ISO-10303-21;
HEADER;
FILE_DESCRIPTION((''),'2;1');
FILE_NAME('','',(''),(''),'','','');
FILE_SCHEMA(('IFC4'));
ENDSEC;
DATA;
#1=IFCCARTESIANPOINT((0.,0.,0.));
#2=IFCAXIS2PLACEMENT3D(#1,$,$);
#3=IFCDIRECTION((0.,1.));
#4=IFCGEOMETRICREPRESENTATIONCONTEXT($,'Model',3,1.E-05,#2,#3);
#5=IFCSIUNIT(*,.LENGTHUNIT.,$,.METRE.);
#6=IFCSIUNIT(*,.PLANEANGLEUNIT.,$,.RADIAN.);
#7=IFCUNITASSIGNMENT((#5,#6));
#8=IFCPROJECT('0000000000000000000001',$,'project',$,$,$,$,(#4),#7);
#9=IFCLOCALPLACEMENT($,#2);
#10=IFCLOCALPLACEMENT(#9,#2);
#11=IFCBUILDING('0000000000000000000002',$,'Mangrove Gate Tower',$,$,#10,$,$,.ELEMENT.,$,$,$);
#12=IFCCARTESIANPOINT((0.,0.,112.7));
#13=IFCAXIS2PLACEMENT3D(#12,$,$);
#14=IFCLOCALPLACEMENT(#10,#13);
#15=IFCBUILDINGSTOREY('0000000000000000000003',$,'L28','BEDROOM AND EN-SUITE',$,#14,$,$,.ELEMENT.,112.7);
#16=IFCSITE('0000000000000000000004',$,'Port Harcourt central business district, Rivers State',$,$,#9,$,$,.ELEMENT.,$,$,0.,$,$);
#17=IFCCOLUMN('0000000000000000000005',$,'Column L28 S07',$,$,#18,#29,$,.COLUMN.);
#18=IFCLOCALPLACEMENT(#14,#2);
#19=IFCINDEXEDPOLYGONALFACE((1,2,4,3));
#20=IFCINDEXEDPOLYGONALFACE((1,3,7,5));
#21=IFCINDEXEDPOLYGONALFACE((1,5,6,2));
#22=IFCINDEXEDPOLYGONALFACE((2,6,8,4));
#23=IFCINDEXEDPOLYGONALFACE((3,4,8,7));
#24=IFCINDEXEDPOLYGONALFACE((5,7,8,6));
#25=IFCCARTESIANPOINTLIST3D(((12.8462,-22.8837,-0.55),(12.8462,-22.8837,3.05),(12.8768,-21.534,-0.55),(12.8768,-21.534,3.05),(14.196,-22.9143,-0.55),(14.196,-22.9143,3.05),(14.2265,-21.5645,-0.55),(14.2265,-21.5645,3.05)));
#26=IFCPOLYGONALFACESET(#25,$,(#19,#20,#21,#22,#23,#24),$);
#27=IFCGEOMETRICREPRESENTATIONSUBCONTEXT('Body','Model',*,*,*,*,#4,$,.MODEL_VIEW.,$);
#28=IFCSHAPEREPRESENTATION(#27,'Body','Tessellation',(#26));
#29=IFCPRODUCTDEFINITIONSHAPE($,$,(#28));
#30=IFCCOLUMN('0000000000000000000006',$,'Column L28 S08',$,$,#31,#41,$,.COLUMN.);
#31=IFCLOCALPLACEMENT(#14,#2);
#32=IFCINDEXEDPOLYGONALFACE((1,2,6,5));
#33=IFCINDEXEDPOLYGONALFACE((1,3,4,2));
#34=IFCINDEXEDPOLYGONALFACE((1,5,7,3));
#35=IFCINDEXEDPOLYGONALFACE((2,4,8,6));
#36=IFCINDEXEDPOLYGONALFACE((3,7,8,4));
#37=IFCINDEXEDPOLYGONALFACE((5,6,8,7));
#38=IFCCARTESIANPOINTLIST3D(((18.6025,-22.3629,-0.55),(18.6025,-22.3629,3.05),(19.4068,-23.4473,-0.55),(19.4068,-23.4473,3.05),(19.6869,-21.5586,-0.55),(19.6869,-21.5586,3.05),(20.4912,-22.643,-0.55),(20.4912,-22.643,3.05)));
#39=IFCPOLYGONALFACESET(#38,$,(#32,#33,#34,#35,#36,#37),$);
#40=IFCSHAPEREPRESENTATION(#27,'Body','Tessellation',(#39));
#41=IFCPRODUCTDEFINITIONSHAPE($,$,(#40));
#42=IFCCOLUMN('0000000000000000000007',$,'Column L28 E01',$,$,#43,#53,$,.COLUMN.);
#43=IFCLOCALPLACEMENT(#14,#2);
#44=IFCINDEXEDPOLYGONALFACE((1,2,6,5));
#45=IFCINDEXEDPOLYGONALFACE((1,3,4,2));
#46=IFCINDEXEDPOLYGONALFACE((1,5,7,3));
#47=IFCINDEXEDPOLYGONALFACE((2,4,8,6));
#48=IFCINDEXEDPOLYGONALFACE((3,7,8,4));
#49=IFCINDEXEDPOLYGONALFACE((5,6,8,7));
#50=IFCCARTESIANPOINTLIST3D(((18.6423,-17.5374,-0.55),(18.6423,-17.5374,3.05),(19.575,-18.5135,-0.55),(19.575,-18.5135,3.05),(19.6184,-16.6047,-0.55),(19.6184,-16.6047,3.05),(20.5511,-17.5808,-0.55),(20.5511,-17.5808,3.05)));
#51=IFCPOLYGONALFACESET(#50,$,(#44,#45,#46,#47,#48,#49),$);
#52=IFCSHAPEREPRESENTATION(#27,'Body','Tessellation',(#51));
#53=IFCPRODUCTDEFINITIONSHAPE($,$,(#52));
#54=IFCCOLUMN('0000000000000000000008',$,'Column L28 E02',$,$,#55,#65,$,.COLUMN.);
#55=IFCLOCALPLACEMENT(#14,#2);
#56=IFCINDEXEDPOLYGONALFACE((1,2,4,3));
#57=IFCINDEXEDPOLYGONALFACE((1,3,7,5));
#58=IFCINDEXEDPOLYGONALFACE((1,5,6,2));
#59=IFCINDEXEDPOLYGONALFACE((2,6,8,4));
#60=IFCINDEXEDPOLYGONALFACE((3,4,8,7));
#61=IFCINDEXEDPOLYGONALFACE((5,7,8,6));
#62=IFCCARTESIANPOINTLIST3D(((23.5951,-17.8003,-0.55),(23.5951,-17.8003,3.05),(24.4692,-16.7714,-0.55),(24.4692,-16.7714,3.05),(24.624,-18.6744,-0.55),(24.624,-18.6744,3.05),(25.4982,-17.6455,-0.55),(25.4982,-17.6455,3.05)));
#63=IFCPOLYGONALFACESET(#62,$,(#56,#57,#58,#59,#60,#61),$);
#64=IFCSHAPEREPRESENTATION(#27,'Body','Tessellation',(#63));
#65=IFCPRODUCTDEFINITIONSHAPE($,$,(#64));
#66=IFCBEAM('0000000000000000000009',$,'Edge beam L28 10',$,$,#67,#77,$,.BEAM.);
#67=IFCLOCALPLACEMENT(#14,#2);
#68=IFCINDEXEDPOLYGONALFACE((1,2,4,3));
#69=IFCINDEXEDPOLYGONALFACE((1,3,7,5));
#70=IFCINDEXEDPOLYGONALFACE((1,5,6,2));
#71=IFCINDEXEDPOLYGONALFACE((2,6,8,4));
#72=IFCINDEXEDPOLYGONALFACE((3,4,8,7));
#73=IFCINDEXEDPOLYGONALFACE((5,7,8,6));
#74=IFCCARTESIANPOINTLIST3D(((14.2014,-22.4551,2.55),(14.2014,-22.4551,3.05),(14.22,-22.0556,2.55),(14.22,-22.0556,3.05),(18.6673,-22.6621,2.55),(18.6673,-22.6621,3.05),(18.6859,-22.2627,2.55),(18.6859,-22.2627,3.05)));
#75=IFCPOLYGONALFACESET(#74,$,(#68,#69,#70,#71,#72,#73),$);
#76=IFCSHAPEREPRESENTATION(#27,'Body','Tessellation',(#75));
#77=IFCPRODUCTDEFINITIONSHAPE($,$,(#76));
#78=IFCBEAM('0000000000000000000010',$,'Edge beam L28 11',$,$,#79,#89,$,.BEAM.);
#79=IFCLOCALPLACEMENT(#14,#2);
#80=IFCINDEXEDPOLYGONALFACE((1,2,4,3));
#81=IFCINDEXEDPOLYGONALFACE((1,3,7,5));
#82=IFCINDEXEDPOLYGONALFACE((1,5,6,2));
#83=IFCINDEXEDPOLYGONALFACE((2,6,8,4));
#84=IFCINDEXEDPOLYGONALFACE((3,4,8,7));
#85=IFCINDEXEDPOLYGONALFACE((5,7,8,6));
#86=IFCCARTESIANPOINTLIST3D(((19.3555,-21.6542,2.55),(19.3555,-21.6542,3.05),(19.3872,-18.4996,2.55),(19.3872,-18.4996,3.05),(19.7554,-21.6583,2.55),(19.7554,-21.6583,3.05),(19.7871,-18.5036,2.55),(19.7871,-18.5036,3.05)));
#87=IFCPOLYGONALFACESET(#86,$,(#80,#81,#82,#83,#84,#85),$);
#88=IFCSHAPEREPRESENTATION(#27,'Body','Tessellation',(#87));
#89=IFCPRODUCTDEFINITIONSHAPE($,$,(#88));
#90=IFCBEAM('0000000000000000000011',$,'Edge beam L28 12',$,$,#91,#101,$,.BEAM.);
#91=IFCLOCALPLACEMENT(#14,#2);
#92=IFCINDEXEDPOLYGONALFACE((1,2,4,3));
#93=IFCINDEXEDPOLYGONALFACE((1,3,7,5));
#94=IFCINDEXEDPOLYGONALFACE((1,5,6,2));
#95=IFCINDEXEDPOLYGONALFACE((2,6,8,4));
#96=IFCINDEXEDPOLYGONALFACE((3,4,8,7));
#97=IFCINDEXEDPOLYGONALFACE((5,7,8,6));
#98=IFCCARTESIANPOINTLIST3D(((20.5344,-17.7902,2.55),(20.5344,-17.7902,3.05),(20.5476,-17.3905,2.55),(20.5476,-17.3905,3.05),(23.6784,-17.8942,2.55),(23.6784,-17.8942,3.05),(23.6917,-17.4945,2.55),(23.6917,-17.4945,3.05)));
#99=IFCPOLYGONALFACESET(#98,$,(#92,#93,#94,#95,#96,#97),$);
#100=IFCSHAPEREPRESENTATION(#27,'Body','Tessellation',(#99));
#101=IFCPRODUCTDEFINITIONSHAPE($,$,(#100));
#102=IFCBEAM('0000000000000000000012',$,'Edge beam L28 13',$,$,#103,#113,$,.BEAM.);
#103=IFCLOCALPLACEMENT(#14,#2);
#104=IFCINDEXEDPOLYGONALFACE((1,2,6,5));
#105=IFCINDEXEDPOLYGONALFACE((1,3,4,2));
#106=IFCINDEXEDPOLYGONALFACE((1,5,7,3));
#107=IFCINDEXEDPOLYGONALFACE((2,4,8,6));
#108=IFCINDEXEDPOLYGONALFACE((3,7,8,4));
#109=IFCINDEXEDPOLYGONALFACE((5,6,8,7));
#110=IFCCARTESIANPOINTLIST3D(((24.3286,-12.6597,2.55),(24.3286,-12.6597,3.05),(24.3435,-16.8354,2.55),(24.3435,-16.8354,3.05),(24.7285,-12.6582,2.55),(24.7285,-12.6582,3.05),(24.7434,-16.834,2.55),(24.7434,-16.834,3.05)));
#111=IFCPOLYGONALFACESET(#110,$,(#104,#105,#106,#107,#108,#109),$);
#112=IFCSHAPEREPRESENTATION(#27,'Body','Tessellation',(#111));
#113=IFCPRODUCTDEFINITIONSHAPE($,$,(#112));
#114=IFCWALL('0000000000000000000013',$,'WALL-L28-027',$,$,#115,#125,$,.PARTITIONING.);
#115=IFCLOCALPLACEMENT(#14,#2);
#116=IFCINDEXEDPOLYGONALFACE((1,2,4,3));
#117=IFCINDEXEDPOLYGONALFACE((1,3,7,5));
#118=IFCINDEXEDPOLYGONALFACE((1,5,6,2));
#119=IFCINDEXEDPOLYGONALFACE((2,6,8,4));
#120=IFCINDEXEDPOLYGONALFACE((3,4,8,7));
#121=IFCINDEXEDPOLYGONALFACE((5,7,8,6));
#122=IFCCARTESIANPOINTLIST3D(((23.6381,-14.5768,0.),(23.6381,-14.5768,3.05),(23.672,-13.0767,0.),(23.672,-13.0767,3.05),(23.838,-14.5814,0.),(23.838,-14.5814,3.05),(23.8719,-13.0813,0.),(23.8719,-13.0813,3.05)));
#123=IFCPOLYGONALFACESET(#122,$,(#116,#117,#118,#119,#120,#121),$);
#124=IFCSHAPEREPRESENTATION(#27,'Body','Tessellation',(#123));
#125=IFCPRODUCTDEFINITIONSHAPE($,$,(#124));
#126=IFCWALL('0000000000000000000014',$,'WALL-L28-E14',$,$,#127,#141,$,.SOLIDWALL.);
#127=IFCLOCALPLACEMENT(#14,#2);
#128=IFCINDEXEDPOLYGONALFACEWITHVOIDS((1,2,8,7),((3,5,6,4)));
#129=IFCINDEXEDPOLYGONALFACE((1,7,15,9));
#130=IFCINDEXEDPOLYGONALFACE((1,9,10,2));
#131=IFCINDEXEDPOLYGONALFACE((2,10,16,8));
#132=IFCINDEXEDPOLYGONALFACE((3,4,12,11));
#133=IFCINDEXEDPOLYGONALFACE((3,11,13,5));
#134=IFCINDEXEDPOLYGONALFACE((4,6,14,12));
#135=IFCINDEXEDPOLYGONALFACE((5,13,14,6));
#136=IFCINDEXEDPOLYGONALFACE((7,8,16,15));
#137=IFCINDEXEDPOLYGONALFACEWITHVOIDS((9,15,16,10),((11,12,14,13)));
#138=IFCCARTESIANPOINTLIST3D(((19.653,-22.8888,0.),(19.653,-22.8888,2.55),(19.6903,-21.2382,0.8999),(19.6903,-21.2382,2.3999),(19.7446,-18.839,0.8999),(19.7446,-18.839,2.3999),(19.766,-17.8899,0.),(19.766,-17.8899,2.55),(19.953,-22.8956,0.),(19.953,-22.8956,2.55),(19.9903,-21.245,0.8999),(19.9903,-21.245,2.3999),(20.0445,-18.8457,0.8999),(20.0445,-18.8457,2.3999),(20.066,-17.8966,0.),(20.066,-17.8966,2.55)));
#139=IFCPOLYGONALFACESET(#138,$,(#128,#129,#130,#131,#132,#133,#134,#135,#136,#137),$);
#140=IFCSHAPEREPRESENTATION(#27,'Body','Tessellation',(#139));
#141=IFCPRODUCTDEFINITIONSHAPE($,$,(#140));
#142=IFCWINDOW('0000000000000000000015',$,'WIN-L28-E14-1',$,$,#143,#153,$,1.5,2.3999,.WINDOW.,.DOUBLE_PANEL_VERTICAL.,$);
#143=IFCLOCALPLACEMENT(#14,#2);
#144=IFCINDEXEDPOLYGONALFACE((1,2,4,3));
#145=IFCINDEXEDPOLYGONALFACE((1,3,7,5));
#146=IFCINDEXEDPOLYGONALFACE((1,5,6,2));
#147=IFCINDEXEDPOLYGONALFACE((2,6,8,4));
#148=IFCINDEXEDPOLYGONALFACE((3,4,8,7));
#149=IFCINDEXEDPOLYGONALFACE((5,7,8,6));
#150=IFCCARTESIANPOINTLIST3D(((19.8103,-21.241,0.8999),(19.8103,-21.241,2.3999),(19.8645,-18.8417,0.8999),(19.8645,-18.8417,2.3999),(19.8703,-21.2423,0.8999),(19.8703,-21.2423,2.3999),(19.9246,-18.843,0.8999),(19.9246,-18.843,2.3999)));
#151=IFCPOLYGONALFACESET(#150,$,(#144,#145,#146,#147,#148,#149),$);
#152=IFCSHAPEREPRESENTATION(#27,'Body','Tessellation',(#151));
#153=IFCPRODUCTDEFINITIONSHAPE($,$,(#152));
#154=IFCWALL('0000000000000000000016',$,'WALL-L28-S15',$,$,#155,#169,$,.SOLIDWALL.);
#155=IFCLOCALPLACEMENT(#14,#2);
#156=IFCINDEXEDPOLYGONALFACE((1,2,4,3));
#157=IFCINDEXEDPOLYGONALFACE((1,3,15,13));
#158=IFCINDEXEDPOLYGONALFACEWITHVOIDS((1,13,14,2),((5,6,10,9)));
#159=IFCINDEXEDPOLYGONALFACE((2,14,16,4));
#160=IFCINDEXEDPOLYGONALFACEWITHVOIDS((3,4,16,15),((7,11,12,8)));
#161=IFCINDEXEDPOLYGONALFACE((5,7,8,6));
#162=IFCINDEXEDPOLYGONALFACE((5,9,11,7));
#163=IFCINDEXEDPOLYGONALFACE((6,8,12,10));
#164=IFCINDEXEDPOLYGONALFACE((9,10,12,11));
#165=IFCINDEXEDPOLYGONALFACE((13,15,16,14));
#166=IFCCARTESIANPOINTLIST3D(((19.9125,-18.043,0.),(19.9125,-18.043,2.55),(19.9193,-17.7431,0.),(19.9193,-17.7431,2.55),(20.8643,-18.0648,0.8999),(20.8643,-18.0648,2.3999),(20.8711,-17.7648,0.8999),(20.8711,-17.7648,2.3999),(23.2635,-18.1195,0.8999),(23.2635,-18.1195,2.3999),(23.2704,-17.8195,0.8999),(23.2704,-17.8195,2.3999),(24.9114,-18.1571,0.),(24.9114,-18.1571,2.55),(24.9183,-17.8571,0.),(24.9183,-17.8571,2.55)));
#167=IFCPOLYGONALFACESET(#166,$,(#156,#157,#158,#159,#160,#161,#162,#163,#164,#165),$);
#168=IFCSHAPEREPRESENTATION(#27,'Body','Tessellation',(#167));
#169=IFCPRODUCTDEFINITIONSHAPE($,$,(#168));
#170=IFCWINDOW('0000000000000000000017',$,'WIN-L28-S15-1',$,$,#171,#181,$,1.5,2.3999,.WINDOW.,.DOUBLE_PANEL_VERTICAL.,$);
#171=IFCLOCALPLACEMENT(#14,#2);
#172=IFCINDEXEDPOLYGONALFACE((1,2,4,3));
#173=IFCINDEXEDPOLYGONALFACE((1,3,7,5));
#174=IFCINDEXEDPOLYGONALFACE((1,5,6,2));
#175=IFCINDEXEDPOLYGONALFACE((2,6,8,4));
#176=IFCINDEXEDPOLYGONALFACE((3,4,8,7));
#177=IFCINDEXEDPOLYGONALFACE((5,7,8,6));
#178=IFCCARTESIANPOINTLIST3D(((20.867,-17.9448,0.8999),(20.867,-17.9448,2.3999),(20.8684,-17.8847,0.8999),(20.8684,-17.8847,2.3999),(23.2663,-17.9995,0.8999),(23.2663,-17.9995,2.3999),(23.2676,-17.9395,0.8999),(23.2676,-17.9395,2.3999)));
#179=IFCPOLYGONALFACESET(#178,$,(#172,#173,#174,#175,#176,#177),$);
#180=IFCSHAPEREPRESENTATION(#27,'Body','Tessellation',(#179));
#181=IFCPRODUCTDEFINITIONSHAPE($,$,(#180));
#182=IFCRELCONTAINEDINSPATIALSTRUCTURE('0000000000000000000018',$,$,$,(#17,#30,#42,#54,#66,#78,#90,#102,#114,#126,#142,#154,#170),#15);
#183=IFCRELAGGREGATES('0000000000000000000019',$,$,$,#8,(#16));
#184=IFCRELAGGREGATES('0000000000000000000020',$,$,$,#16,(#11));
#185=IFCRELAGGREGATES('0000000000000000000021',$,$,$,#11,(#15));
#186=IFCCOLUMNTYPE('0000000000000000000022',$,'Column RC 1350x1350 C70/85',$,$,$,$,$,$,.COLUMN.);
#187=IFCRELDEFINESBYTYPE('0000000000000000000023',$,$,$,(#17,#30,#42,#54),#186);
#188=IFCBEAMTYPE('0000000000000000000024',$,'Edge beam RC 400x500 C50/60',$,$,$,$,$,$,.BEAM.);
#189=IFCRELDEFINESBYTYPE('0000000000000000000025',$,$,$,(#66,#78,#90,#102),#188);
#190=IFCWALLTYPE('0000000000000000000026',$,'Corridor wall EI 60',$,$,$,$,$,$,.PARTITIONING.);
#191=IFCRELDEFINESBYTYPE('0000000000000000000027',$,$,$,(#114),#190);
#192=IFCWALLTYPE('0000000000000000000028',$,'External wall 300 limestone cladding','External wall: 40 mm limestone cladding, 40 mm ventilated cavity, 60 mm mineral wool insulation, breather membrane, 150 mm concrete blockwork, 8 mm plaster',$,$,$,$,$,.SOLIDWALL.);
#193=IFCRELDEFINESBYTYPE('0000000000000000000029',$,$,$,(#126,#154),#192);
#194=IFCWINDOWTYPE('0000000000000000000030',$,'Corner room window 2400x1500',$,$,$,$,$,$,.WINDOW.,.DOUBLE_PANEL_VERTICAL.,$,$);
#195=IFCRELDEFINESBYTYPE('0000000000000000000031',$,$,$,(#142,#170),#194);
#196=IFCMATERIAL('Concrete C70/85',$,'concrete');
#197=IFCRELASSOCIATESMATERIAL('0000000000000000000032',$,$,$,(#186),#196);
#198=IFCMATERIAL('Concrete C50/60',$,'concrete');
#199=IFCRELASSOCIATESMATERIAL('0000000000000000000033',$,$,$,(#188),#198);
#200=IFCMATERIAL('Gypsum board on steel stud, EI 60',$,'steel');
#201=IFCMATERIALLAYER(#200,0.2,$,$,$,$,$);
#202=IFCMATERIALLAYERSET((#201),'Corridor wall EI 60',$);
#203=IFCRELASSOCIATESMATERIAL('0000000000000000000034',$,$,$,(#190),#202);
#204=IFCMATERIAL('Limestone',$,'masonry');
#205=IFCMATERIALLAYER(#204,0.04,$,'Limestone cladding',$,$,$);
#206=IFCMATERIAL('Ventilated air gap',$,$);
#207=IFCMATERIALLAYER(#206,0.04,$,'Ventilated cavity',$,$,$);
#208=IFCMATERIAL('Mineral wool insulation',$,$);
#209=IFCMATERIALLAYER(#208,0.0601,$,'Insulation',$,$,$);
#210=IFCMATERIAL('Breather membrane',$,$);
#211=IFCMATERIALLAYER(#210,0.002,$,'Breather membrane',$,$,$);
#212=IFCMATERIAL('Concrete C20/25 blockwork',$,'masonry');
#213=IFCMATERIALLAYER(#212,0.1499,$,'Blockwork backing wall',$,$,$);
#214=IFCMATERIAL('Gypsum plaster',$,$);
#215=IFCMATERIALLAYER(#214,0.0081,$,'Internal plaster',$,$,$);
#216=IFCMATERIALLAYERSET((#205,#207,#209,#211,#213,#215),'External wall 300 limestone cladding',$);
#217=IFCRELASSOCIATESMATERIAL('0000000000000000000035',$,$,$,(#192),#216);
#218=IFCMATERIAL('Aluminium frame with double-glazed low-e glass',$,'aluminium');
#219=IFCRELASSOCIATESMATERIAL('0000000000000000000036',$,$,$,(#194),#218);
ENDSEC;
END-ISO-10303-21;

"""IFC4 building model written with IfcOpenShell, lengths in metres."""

from ifc_helpers import new_model, si_unit, direction, frame, frame_2d, origin, origin_2d, place, context, subcontext, project, spatial, rectangle, extrude, material, layer, layer_set, material_profile, profile_set, type_object, element, fill, save


model = new_model("IFC4")

# Units and contexts
model_context = context("Model", 3, precision=1e-05, world=origin(), true_north=direction((0.0, 1.0)))
body_context = subcontext(model_context, "Body", "Model", "MODEL_VIEW")
ifc_project = project(units=[si_unit("LENGTHUNIT", "METRE"), si_unit("PLANEANGLEUNIT", "RADIAN")], contexts=[model_context])

# Site, building, storey
site_placement = place(None, origin())
site = spatial("IfcSite", under=ifc_project, at=site_placement, Name="Port Harcourt central business district, Rivers State", CompositionType="ELEMENT", RefElevation=0.0)
building_placement = place(site_placement, origin())
building = spatial("IfcBuilding", under=site, at=building_placement, Name="Mangrove Gate Tower", CompositionType="ELEMENT")
storey_placement = place(building_placement, frame((0.0, 0.0, 112.7)))
storey = spatial("IfcBuildingStorey", under=building, at=storey_placement, Name="L28", Description="BEDROOM AND EN-SUITE", CompositionType="ELEMENT", Elevation=112.7)

# Columns
ifc_material_1 = material(Name="Concrete C70/85", Category="concrete")
ifc_material_profile_1 = material_profile(ifc_material_1, rectangle(XDim=1.3501, YDim=1.3501, at=origin_2d()))
ifc_profile_set_1 = profile_set([ifc_material_profile_1], Name="Concrete C70/85")
column_type = type_object("IfcColumnType", Name="Column RC 1350x1350 C70/85", PredefinedType="COLUMN", material=ifc_profile_set_1)
for number, where, z_axis, x_axis, name in (
    (1, (13.5364, -22.2241, -0.55), (0.0, 0.0, 1.0), (0.999744, -0.02263, 0.0), "Column L28 S07"),
    (2, (19.5469, -22.5029, -0.55), (0.0, 0.0, 1.0), (0.8032, 0.595709, 0.0), "Column L28 S08"),
    (3, (19.5967, -17.5591, -0.55), (0.0, 0.0, 1.0), (0.722977, 0.690873, 0.0), "Column L28 E01"),
    (4, (24.5466, -17.7229, -0.55), (0.0, 0.0, 1.0), (0.647444, 0.762113, 0.0), "Column L28 E02"),
):
    element("IfcColumn", number, at=place(storey_placement, frame(where, z_axis=z_axis, x_axis=x_axis)), inside=storey, type_object=column_type, Name=name, PredefinedType="COLUMN", context=body_context, shape_type="SweptSolid", body=[
        extrude(rectangle(XDim=1.3501, YDim=1.3501, at=origin_2d()), origin(), (0.0, 0.0, 1.0), 3.6001),
    ])

# Beams
ifc_material_2 = material(Name="Concrete C50/60", Category="concrete")
ifc_material_profile_2 = material_profile(ifc_material_2, rectangle(XDim=0.3999, YDim=0.5, at=origin_2d()))
ifc_profile_set_2 = profile_set([ifc_material_profile_2], Name="Concrete C50/60")
beam_type = type_object("IfcBeamType", Name="Edge beam RC 400x500 C50/60", PredefinedType="BEAM", material=ifc_profile_set_2)
beam_1_placement = place(storey_placement, frame((14.2107, -22.2554, 2.8), z_axis=(0.998927, -0.046309, 0.0), x_axis=(0.046309, 0.998927, 0.0)))
element("IfcBeam", 5, at=beam_1_placement, inside=storey, type_object=beam_type, Name="Edge beam L28 10", PredefinedType="BEAM", context=body_context, shape_type="SweptSolid", body=[
    extrude(rectangle(XDim=0.3999, YDim=0.5, at=origin_2d()), origin(), (0.0, 0.0, 1.0), 4.4707),
])
beam_2_placement = place(storey_placement, frame((19.5554, -21.6562, 2.8), z_axis=(0.010061, 0.999949, 0.0), x_axis=(-0.999949, 0.010061, 0.0)))
element("IfcBeam", 6, at=beam_2_placement, inside=storey, type_object=beam_type, Name="Edge beam L28 11", PredefinedType="BEAM", context=body_context, shape_type="SweptSolid", body=[
    extrude(rectangle(XDim=0.3999, YDim=0.5, at=origin_2d()), origin(), (0.0, 0.0, 1.0), 3.1548),
])
beam_3_placement = place(storey_placement, frame((20.541, -17.5903, 2.8), z_axis=(0.999453, -0.033062, 0.0), x_axis=(0.033062, 0.999453, 0.0)))
element("IfcBeam", 7, at=beam_3_placement, inside=storey, type_object=beam_type, Name="Edge beam L28 12", PredefinedType="BEAM", context=body_context, shape_type="SweptSolid", body=[
    extrude(rectangle(XDim=0.3999, YDim=0.5, at=origin_2d()), origin(), (0.0, 0.0, 1.0), 3.1458),
])
beam_4_placement = place(storey_placement, frame((24.5435, -16.8347, 2.8), z_axis=(-0.003566, 0.999994, 0.0), x_axis=(-0.999994, -0.003566, 0.0)))
element("IfcBeam", 8, at=beam_4_placement, inside=storey, type_object=beam_type, Name="Edge beam L28 13", PredefinedType="BEAM", context=body_context, shape_type="SweptSolid", body=[
    extrude(rectangle(XDim=0.3999, YDim=0.5, at=origin_2d()), origin(), (0.0, 0.0, 1.0), 4.1758),
])

# Wall
ifc_material_3 = material(Name="Gypsum board on steel stud, EI 60", Category="steel")
ifc_layer_1 = layer(ifc_material_3, 0.2)
ifc_layer_set_1 = layer_set([ifc_layer_1], Name="Corridor wall EI 60")
wall_type_1 = type_object("IfcWallType", Name="Corridor wall EI 60", PredefinedType="PARTITIONING", material=ifc_layer_set_1)
wall_1_placement = place(storey_placement, frame((23.738, -14.5791, 0.0), z_axis=(0.0, 0.0, 1.0), x_axis=(0.022618, 0.999744, 0.0)))
element("IfcWall", 9, at=wall_1_placement, inside=storey, type_object=wall_type_1, Name="WALL-L28-027", PredefinedType="PARTITIONING", context=body_context, shape_type="SweptSolid", body=[
    extrude(rectangle(XDim=1.5005, YDim=0.2, at=frame_2d((0.7502, 0.0))), origin(), (0.0, 0.0, 1.0), 3.05),
])

# Shared definitions
ifc_material_4 = material(Name="Limestone", Category="masonry")
ifc_layer_2 = layer(ifc_material_4, 0.04, Name="Limestone cladding")
ifc_material_5 = material(Name="Ventilated air gap")
ifc_layer_3 = layer(ifc_material_5, 0.04, Name="Ventilated cavity")
ifc_material_6 = material(Name="Mineral wool insulation")
ifc_layer_4 = layer(ifc_material_6, 0.0601, Name="Insulation")
ifc_material_7 = material(Name="Breather membrane")
ifc_layer_5 = layer(ifc_material_7, 0.002, Name="Breather membrane")
ifc_material_8 = material(Name="Concrete C20/25 blockwork", Category="masonry")
ifc_layer_6 = layer(ifc_material_8, 0.1499, Name="Blockwork backing wall")
ifc_material_9 = material(Name="Gypsum plaster")
ifc_layer_7 = layer(ifc_material_9, 0.0081, Name="Internal plaster")
ifc_layer_set_2 = layer_set([ifc_layer_2, ifc_layer_3, ifc_layer_4, ifc_layer_5, ifc_layer_6, ifc_layer_7], Name="External wall 300 limestone cladding")
wall_type_2 = type_object("IfcWallType", Name="External wall 300 limestone cladding", Description="External wall: 40 mm limestone cladding, 40 mm ventilated cavity, 60 mm mineral wool insulation, breather membrane, 150 mm concrete blockwork, 8 mm plaster", PredefinedType="SOLIDWALL", material=ifc_layer_set_2)
ifc_material_10 = material(Name="Aluminium frame with double-glazed low-e glass", Category="aluminium")
window_type = type_object("IfcWindowType", Name="Corner room window 2400x1500", PartitioningType="DOUBLE_PANEL_VERTICAL", PredefinedType="WINDOW", material=ifc_material_10)

# Walls, openings, windows
wall_2_placement = place(storey_placement, frame((19.803, -22.8921, 0.0), z_axis=(0.0, 0.0, 1.0), x_axis=(0.022606, 0.999744, 0.0)))
wall_2 = element("IfcWall", 10, at=wall_2_placement, inside=storey, type_object=wall_type_2, Name="WALL-L28-E14", PredefinedType="SOLIDWALL", context=body_context, shape_type="SweptSolid", body=[
    extrude(rectangle(XDim=5.0002, YDim=0.3, at=frame_2d((2.5, 0.0))), origin(), (0.0, 0.0, 1.0), 2.55),
])
opening_1_placement = place(wall_2_placement, frame((1.6509, 0.0, 0.8999)))
opening_1 = element("IfcOpeningElement", 11, at=opening_1_placement, cuts=wall_2, PredefinedType="OPENING", context=body_context, shape_type="SweptSolid", body=[
    extrude(rectangle(XDim=2.3999, YDim=1.5, at=frame_2d((1.2, 0.75))), frame((0.0, 0.1599, 0.0), z_axis=(0.0, -1.0, 0.0), x_axis=(1.0, 0.0, 0.0)), (0.0, 0.0, 1.0), 0.3201),
])
window_1_placement = place(opening_1_placement, origin())
window_1 = element("IfcWindow", 12, at=window_1_placement, inside=storey, type_object=window_type, Name="WIN-L28-E14-1", OverallHeight=1.5, OverallWidth=2.3999, PartitioningType="DOUBLE_PANEL_VERTICAL", PredefinedType="WINDOW", context=body_context, shape_type="SweptSolid", body=[
    extrude(rectangle(XDim=2.3999, YDim=1.5, at=frame_2d((1.2, 0.75))), frame((0.0, 0.03, 0.0), z_axis=(0.0, -1.0, 0.0), x_axis=(1.0, 0.0, 0.0)), (0.0, 0.0, 1.0), 0.0601),
])
fill(opening_1, window_1)
wall_3_placement = place(storey_placement, frame((19.916, -17.8931, 0.0), z_axis=(0.0, 0.0, 1.0), x_axis=(0.99974, -0.022801, 0.0)))
wall_3 = element("IfcWall", 13, at=wall_3_placement, inside=storey, type_object=wall_type_2, Name="WALL-L28-S15", PredefinedType="SOLIDWALL", context=body_context, shape_type="SweptSolid", body=[
    extrude(rectangle(XDim=5.0002, YDim=0.3, at=frame_2d((2.5, 0.0))), origin(), (0.0, 0.0, 1.0), 2.55),
])
opening_2_placement = place(wall_3_placement, frame((0.9519, 0.0, 0.8999)))
opening_2 = element("IfcOpeningElement", 14, at=opening_2_placement, cuts=wall_3, PredefinedType="OPENING", context=body_context, shape_type="SweptSolid", body=[
    extrude(rectangle(XDim=2.3999, YDim=1.5, at=frame_2d((1.2, 0.75))), frame((0.0, 0.1599, 0.0), z_axis=(0.0, -1.0, 0.0), x_axis=(1.0, 0.0, 0.0)), (0.0, 0.0, 1.0), 0.3201),
])
window_2_placement = place(opening_2_placement, origin())
window_2 = element("IfcWindow", 15, at=window_2_placement, inside=storey, type_object=window_type, Name="WIN-L28-S15-1", OverallHeight=1.5, OverallWidth=2.3999, PartitioningType="DOUBLE_PANEL_VERTICAL", PredefinedType="WINDOW", context=body_context, shape_type="SweptSolid", body=[
    extrude(rectangle(XDim=2.3999, YDim=1.5, at=frame_2d((1.2, 0.75))), frame((0.0, 0.03, 0.0), z_axis=(0.0, -1.0, 0.0), x_axis=(1.0, 0.0, 0.0)), (0.0, 0.0, 1.0), 0.0601),
])
fill(opening_2, window_2)

save(model, "model.ifc")
